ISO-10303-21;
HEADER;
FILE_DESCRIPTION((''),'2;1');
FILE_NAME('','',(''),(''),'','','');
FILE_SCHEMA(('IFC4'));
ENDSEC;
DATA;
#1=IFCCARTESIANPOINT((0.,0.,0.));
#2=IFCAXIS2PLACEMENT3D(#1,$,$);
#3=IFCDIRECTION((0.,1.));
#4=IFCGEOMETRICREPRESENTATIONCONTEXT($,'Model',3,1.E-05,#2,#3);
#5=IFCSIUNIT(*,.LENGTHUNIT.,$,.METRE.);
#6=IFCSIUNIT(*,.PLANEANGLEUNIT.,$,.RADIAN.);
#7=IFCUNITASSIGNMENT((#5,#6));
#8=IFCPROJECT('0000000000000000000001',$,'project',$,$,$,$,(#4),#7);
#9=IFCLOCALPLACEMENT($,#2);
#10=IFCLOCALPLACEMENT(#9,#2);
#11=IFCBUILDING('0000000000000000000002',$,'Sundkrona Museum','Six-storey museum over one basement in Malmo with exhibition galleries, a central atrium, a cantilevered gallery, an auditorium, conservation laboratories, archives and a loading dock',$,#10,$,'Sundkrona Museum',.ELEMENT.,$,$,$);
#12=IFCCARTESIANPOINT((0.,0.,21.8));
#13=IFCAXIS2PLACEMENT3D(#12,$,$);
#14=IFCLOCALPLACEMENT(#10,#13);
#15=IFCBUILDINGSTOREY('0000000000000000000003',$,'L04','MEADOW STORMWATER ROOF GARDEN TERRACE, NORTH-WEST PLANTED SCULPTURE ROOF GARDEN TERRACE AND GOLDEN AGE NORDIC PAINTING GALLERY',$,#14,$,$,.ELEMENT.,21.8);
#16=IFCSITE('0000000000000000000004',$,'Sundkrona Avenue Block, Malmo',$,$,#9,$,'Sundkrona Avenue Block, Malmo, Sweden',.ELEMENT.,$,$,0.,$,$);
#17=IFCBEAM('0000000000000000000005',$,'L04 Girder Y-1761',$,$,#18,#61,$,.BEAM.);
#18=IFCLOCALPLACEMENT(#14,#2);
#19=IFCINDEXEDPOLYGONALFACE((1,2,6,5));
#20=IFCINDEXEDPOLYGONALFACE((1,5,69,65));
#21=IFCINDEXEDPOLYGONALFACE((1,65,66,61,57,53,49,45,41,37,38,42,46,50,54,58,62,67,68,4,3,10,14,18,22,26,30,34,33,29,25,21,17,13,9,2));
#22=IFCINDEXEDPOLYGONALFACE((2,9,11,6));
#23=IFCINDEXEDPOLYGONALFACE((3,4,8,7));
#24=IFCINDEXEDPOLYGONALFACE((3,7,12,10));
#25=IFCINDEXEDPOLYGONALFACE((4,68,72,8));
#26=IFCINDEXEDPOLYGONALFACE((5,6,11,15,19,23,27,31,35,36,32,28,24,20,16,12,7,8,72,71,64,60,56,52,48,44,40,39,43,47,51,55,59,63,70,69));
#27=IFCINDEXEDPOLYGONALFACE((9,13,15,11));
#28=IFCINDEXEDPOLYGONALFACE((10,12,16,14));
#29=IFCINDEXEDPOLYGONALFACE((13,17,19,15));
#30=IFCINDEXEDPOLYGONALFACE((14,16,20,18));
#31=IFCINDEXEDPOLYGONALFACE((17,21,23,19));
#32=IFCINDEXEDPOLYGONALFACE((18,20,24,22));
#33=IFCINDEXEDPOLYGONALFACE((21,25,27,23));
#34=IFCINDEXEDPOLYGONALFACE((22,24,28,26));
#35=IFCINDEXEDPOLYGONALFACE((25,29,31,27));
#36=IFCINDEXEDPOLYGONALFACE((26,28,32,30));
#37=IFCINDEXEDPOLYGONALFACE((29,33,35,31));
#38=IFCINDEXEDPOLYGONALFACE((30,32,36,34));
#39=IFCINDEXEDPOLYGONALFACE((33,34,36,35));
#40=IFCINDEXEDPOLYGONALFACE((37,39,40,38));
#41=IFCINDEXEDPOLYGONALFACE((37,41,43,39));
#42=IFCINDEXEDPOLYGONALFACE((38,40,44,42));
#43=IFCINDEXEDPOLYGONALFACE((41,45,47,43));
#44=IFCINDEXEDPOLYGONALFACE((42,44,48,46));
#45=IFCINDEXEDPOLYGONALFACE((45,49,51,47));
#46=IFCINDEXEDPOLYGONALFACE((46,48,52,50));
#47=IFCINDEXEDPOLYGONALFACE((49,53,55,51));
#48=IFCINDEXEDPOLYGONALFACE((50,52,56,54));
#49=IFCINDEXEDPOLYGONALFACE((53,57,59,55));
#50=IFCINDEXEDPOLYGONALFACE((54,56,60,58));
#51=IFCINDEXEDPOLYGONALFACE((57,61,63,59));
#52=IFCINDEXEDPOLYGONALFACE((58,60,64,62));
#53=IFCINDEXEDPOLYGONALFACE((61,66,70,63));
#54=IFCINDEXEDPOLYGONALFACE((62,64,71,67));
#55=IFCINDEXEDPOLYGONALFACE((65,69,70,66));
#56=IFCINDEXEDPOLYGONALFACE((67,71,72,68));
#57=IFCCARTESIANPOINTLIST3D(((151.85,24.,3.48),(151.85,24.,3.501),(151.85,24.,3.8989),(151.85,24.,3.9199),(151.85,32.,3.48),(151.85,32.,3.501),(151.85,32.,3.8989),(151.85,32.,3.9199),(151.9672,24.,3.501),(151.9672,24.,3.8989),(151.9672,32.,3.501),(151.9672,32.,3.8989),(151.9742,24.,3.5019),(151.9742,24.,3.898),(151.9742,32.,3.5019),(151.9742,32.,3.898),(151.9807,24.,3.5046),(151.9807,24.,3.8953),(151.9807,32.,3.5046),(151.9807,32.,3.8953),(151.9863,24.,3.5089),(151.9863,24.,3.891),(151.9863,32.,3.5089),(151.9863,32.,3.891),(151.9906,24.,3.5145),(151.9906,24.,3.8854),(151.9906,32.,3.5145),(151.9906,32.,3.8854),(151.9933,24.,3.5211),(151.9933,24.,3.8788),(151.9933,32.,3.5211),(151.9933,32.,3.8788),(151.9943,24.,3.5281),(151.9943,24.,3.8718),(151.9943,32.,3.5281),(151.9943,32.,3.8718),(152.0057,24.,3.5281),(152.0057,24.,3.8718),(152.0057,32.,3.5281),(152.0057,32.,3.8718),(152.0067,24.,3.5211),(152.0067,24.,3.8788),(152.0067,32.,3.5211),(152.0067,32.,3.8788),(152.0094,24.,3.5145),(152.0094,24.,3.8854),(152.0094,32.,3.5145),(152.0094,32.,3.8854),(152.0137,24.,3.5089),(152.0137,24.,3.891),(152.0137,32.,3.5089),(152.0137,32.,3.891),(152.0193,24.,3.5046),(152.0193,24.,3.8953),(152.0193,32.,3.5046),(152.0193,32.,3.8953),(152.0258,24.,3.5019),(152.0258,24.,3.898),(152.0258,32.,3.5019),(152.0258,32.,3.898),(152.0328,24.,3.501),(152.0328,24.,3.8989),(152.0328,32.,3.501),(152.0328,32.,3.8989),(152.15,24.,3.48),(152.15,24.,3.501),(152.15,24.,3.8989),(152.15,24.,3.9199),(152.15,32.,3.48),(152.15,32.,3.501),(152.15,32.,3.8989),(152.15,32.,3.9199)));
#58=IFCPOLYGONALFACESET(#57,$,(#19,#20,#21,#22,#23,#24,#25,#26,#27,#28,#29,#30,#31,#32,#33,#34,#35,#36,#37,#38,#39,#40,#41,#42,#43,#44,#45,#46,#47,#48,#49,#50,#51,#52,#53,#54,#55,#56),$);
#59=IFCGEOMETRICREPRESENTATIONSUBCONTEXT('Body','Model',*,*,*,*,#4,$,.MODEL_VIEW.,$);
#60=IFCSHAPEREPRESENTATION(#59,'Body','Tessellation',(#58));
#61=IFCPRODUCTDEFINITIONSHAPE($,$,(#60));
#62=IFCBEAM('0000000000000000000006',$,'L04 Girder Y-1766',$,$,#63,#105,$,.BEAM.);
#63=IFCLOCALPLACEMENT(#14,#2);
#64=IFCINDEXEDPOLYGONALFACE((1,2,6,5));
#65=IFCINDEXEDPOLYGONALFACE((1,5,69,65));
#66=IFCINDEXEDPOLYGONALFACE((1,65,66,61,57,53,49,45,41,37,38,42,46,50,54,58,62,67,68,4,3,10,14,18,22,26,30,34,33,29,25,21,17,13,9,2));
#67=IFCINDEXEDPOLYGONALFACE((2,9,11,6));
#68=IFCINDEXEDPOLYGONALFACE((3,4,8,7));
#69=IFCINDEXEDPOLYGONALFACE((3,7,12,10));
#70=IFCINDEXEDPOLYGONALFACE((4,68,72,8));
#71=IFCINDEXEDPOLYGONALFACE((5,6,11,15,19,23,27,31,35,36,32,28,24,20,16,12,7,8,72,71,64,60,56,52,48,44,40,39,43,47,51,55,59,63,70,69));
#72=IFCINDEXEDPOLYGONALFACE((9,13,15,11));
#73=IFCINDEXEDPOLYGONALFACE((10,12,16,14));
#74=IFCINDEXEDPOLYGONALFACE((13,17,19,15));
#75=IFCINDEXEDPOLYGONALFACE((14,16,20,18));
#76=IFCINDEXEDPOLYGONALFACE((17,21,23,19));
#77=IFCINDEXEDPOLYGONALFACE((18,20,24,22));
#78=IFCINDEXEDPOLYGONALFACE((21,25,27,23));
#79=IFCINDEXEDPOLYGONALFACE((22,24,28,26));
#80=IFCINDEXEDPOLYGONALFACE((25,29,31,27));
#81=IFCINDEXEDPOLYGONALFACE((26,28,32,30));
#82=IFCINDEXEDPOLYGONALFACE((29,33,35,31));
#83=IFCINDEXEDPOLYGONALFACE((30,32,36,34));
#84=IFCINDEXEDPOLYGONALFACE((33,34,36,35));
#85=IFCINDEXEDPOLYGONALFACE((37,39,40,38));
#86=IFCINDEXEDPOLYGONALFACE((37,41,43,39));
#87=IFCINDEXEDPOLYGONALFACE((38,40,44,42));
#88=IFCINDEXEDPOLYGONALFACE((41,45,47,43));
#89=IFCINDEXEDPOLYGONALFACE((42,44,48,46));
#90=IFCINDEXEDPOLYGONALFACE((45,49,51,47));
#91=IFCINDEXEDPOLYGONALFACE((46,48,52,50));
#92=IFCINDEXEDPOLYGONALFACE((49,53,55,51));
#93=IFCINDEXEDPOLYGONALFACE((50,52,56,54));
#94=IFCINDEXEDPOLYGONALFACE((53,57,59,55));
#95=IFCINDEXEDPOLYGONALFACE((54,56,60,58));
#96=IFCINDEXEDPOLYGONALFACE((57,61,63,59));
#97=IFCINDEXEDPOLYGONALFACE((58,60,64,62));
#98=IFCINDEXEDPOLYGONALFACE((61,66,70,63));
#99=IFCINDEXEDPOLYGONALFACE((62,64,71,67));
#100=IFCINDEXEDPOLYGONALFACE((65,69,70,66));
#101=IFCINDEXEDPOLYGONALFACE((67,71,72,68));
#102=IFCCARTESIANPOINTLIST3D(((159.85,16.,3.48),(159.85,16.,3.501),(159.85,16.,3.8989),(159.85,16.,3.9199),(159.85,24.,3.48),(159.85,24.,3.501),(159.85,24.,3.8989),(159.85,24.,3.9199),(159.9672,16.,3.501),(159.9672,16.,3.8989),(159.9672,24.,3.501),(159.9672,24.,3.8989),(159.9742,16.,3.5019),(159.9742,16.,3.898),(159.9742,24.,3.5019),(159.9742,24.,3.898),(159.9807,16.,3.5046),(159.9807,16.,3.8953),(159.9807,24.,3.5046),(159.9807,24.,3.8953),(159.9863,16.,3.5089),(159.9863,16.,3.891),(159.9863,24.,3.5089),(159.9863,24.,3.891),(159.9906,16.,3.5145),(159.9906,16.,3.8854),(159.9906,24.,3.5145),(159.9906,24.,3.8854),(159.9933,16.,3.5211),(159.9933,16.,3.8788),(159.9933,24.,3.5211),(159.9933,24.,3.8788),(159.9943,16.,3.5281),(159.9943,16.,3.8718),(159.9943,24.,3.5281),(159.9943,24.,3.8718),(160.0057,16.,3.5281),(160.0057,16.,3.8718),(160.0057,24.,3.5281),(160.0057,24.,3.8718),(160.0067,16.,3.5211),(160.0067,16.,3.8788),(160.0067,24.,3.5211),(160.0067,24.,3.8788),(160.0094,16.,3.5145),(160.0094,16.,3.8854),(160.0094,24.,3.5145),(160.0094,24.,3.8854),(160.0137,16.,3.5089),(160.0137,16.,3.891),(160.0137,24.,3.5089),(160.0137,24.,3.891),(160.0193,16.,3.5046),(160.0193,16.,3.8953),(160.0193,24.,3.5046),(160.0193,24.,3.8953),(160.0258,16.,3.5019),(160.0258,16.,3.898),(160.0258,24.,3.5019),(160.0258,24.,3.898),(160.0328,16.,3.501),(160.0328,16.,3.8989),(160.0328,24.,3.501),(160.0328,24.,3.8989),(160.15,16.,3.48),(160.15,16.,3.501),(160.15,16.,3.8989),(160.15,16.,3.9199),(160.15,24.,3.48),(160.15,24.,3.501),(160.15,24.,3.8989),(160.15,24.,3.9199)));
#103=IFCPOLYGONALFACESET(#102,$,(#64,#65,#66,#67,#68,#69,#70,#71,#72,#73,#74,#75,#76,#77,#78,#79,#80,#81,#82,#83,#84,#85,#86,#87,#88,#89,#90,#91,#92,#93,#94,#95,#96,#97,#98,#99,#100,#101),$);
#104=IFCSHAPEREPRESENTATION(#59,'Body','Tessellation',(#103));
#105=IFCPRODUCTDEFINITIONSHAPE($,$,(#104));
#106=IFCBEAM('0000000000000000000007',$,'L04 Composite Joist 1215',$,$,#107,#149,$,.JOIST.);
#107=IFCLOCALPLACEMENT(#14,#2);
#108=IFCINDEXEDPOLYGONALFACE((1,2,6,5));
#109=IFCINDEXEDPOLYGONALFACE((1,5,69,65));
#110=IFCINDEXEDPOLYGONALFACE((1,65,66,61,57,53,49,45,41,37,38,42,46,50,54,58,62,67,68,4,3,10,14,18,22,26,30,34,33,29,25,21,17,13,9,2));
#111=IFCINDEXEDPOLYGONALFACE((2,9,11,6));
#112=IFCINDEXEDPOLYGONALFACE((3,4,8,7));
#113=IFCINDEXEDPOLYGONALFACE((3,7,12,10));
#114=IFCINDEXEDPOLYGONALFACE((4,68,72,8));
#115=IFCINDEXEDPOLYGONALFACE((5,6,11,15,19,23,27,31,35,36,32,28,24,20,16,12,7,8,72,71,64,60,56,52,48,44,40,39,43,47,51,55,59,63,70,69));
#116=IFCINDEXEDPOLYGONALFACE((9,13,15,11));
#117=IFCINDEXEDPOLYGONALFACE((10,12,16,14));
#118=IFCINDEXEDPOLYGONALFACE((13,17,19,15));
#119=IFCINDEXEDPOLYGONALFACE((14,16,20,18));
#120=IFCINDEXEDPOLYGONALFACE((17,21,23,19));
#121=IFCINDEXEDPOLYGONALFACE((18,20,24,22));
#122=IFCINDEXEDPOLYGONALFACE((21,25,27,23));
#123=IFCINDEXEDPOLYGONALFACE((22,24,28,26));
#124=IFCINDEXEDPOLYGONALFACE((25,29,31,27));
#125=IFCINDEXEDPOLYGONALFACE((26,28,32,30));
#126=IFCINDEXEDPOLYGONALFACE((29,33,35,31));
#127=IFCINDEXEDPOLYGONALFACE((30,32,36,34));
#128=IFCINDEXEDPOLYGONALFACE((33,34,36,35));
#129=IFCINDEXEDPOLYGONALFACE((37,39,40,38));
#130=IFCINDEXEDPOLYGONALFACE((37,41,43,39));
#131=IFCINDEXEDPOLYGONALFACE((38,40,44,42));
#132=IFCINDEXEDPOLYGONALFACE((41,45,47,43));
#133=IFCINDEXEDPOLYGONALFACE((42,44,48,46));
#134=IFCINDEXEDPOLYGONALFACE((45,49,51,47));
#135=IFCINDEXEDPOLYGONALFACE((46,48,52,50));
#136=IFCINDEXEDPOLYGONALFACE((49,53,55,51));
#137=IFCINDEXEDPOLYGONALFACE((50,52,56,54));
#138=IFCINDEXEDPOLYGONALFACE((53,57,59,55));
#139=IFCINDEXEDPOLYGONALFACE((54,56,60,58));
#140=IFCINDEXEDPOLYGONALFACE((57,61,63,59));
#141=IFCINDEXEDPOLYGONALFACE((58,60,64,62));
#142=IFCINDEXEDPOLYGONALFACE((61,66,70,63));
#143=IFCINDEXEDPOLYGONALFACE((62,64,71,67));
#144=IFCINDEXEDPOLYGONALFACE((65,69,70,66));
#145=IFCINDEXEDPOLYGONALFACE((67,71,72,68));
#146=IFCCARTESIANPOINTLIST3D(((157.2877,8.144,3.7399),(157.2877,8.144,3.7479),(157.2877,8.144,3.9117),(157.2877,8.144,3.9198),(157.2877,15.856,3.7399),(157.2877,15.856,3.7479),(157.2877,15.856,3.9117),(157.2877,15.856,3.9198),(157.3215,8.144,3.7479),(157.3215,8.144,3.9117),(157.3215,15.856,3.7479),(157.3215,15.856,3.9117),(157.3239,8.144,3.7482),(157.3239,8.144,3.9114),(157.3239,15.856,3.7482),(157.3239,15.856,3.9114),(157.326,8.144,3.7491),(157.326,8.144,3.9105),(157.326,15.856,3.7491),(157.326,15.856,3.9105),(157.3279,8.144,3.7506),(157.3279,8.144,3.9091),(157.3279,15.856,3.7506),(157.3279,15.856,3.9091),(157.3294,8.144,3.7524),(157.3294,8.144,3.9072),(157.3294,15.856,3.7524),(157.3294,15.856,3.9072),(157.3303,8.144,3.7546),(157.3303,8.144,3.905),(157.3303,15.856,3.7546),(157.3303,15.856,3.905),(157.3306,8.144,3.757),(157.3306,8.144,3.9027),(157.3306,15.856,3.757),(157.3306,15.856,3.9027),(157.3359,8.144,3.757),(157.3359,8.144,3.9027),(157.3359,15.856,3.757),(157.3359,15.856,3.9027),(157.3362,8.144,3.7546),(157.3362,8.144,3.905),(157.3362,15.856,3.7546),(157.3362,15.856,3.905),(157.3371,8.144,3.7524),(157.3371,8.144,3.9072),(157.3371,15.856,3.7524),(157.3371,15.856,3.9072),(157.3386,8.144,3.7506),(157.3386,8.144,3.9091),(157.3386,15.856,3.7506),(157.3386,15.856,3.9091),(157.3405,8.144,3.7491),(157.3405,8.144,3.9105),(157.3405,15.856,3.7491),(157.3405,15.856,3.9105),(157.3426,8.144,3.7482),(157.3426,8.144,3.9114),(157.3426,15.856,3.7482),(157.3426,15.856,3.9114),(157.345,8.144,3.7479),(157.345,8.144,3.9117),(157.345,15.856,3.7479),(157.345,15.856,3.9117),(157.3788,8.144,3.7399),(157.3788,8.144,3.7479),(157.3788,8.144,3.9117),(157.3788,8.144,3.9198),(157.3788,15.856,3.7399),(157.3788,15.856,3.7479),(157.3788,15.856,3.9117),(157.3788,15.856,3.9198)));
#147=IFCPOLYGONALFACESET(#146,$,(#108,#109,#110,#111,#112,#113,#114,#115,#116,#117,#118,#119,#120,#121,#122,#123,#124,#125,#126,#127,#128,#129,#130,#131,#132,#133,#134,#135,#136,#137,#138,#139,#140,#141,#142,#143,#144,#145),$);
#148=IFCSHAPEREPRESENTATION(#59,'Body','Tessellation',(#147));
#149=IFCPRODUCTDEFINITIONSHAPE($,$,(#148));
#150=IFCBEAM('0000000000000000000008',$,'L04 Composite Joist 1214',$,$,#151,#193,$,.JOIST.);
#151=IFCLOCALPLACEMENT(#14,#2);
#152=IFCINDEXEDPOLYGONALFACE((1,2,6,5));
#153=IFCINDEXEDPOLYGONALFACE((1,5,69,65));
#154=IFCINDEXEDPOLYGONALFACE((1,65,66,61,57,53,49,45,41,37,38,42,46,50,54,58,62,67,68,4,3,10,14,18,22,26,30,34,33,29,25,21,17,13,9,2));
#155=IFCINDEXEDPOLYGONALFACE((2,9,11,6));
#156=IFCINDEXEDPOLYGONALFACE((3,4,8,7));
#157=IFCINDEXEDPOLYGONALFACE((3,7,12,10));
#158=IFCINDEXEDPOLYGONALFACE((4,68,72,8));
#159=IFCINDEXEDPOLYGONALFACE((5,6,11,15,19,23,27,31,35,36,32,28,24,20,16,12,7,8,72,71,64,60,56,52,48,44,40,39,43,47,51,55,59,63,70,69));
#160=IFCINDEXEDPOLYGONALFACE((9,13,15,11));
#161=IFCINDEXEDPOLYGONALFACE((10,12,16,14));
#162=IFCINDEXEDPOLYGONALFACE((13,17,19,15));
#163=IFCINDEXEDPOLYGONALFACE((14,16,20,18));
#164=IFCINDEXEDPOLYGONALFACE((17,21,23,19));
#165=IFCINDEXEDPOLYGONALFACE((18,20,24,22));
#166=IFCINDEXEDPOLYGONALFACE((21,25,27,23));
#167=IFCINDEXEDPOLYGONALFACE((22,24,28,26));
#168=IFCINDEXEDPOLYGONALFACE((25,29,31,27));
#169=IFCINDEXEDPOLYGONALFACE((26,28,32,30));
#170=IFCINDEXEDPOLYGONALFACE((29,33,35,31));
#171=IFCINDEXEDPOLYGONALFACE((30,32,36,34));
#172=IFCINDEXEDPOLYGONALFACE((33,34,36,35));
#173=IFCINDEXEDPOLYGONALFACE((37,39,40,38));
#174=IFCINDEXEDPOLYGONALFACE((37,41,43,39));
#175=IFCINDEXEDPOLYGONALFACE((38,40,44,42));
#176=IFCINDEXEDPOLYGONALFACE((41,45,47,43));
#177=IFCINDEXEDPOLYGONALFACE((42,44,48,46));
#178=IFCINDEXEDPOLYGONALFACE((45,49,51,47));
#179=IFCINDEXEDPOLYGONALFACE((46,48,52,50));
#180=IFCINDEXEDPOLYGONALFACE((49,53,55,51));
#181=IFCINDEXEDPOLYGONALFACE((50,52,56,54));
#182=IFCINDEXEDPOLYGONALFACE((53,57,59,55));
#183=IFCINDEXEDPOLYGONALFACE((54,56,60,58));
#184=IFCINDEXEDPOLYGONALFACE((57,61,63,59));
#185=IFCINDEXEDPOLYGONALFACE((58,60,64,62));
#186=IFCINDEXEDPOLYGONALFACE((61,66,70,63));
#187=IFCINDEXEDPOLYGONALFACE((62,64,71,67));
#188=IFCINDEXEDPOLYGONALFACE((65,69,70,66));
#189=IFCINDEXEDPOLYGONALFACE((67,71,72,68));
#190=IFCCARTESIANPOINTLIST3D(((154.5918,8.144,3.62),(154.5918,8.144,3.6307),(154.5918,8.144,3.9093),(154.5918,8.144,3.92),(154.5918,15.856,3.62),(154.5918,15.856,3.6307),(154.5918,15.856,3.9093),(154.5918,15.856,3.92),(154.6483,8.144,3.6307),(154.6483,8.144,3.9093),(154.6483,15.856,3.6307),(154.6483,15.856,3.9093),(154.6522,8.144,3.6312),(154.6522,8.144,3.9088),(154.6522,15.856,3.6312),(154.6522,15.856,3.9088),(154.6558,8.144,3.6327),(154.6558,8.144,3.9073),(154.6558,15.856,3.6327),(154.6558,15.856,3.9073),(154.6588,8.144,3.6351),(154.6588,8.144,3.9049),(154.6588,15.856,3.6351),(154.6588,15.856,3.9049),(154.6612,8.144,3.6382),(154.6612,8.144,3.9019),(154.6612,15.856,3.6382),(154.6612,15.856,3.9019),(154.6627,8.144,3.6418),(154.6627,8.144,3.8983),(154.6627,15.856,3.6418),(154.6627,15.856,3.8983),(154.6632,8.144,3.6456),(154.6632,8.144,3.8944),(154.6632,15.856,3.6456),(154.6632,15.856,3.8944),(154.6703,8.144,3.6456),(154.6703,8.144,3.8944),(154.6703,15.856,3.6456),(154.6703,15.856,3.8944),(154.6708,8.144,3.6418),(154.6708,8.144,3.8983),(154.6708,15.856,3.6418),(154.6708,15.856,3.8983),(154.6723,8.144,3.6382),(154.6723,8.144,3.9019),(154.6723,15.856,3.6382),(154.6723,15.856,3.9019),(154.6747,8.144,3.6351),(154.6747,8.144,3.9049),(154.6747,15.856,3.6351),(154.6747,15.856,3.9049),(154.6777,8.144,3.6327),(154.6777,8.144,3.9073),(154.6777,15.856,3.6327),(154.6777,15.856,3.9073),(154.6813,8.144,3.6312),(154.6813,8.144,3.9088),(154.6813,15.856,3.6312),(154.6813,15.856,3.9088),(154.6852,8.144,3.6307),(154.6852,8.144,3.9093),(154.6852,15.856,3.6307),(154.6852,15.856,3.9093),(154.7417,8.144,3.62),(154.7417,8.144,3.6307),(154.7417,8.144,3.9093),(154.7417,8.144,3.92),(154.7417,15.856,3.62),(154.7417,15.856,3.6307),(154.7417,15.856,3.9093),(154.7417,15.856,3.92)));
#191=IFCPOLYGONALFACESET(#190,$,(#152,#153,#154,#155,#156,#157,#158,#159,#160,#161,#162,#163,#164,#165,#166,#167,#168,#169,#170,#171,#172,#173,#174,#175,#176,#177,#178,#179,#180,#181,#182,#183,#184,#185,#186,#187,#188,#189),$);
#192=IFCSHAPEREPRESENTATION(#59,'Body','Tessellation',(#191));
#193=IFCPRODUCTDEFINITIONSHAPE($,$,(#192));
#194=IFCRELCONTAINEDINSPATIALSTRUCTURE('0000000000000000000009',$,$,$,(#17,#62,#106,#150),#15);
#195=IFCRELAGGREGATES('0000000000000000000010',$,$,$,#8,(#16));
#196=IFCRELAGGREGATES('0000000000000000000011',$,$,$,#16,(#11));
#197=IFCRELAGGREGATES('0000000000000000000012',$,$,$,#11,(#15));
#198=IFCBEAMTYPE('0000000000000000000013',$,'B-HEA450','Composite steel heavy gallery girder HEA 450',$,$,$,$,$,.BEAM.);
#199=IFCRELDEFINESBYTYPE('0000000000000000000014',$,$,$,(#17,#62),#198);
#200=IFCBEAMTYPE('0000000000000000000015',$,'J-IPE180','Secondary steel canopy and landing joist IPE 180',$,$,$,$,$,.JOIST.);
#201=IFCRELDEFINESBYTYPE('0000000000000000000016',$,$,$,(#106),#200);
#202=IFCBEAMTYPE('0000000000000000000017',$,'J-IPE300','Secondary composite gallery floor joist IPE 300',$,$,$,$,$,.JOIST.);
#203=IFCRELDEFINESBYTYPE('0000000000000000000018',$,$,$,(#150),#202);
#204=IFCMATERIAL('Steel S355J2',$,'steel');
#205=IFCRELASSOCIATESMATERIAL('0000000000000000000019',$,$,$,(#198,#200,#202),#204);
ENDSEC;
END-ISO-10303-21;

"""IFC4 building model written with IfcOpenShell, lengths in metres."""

from ifc_helpers import new_model, si_unit, direction, frame, origin, origin_2d, place, context, subcontext, project, spatial, i_section, extrude, material, material_profile, profile_set, type_object, element, save


model = new_model("IFC4")

# Units and contexts
model_context = context("Model", 3, precision=1e-05, world=origin(), true_north=direction((0.0, 1.0)))
body_context = subcontext(model_context, "Body", "Model", "MODEL_VIEW")
ifc_project = project(units=[si_unit("LENGTHUNIT", "METRE"), si_unit("PLANEANGLEUNIT", "RADIAN")], contexts=[model_context])

# Site, building, storey
site_placement = place(None, origin())
site = spatial("IfcSite", under=ifc_project, at=site_placement, Name="Sundkrona Avenue Block, Malmo", LongName="Sundkrona Avenue Block, Malmo, Sweden", CompositionType="ELEMENT", RefElevation=0.0)
building_placement = place(site_placement, origin())
building = spatial("IfcBuilding", under=site, at=building_placement, Name="Sundkrona Museum", Description="Six-storey museum over one basement in Malmo with exhibition galleries, a central atrium, a cantilevered gallery, an auditorium, conservation laboratories, archives and a loading dock", LongName="Sundkrona Museum", CompositionType="ELEMENT")
storey_placement = place(building_placement, frame((0.0, 0.0, 21.8)))
storey = spatial("IfcBuildingStorey", under=building, at=storey_placement, Name="L04", Description="MEADOW STORMWATER ROOF GARDEN TERRACE, NORTH-WEST PLANTED SCULPTURE ROOF GARDEN TERRACE AND GOLDEN AGE NORDIC PAINTING GALLERY", CompositionType="ELEMENT", Elevation=21.8)

# Shared definitions
ifc_material_1 = material(Name="Steel S355J2", Category="steel")

# Beams
ifc_material_profile_1 = material_profile(ifc_material_1, i_section(OverallWidth=0.3, OverallDepth=0.4399, WebThickness=0.0115, FlangeThickness=0.021, FilletRadius=0.0271, at=origin_2d()), Name="HEA 450")
ifc_profile_set_1 = profile_set([ifc_material_profile_1], Name="Steel S355J2")
beam_type_1 = type_object("IfcBeamType", Name="B-HEA450", Description="Composite steel heavy gallery girder HEA 450", PredefinedType="BEAM", material=ifc_profile_set_1)
for number, where, z_axis, x_axis, name in (
    (1, (152.0, 24.0, 3.7), (0.0, 1.0, 0.0), (-1.0, 0.0, 0.0), "L04 Girder Y-1761"),
    (2, (160.0, 16.0, 3.7), (0.0, 1.0, 0.0), (-1.0, 0.0, 0.0), "L04 Girder Y-1766"),
):
    element("IfcBeam", number, at=place(storey_placement, frame(where, z_axis=z_axis, x_axis=x_axis)), inside=storey, type_object=beam_type_1, Name=name, PredefinedType="BEAM", context=body_context, shape_type="SweptSolid", body=[
        extrude(i_section(OverallWidth=0.3, OverallDepth=0.4399, WebThickness=0.0115, FlangeThickness=0.021, FilletRadius=0.0271, at=origin_2d()), origin(), (0.0, 0.0, 1.0), 8.0),
    ])
ifc_material_profile_2 = material_profile(ifc_material_1, i_section(OverallWidth=0.0911, OverallDepth=0.1799, WebThickness=0.0054, FlangeThickness=0.0081, FilletRadius=0.009, at=origin_2d()), Name="IPE 180")
ifc_profile_set_2 = profile_set([ifc_material_profile_2], Name="Steel S355J2")
beam_type_2 = type_object("IfcBeamType", Name="J-IPE180", Description="Secondary steel canopy and landing joist IPE 180", PredefinedType="JOIST", material=ifc_profile_set_2)
beam_placement = place(storey_placement, frame((157.3333, 8.144, 3.8298), z_axis=(0.0, 1.0, 0.0), x_axis=(-1.0, 0.0, 0.0)))
element("IfcBeam", 3, at=beam_placement, inside=storey, type_object=beam_type_2, Name="L04 Composite Joist 1215", PredefinedType="JOIST", context=body_context, shape_type="SweptSolid", body=[
    extrude(i_section(OverallWidth=0.0911, OverallDepth=0.1799, WebThickness=0.0054, FlangeThickness=0.0081, FilletRadius=0.009, at=origin_2d()), origin(), (0.0, 0.0, 1.0), 7.7119),
])
ifc_material_profile_3 = material_profile(ifc_material_1, i_section(OverallWidth=0.1499, OverallDepth=0.3, WebThickness=0.0071, FlangeThickness=0.0107, FilletRadius=0.0149, at=origin_2d()), Name="IPE 300")
ifc_profile_set_3 = profile_set([ifc_material_profile_3], Name="Steel S355J2")
beam_type_3 = type_object("IfcBeamType", Name="J-IPE300", Description="Secondary composite gallery floor joist IPE 300", PredefinedType="JOIST", material=ifc_profile_set_3)
for number, where, z_axis, x_axis, name in (
    (4, (154.6667, 8.144, 3.77), (0.0, 1.0, 0.0), (-1.0, 0.0, 0.0), "L04 Composite Joist 1214"),
):
    element("IfcBeam", number, at=place(storey_placement, frame(where, z_axis=z_axis, x_axis=x_axis)), inside=storey, type_object=beam_type_3, Name=name, PredefinedType="JOIST", context=body_context, shape_type="SweptSolid", body=[
        extrude(i_section(OverallWidth=0.1499, OverallDepth=0.3, WebThickness=0.0071, FlangeThickness=0.0107, FilletRadius=0.0149, at=origin_2d()), origin(), (0.0, 0.0, 1.0), 7.7119),
    ])

save(model, "model.ifc")
